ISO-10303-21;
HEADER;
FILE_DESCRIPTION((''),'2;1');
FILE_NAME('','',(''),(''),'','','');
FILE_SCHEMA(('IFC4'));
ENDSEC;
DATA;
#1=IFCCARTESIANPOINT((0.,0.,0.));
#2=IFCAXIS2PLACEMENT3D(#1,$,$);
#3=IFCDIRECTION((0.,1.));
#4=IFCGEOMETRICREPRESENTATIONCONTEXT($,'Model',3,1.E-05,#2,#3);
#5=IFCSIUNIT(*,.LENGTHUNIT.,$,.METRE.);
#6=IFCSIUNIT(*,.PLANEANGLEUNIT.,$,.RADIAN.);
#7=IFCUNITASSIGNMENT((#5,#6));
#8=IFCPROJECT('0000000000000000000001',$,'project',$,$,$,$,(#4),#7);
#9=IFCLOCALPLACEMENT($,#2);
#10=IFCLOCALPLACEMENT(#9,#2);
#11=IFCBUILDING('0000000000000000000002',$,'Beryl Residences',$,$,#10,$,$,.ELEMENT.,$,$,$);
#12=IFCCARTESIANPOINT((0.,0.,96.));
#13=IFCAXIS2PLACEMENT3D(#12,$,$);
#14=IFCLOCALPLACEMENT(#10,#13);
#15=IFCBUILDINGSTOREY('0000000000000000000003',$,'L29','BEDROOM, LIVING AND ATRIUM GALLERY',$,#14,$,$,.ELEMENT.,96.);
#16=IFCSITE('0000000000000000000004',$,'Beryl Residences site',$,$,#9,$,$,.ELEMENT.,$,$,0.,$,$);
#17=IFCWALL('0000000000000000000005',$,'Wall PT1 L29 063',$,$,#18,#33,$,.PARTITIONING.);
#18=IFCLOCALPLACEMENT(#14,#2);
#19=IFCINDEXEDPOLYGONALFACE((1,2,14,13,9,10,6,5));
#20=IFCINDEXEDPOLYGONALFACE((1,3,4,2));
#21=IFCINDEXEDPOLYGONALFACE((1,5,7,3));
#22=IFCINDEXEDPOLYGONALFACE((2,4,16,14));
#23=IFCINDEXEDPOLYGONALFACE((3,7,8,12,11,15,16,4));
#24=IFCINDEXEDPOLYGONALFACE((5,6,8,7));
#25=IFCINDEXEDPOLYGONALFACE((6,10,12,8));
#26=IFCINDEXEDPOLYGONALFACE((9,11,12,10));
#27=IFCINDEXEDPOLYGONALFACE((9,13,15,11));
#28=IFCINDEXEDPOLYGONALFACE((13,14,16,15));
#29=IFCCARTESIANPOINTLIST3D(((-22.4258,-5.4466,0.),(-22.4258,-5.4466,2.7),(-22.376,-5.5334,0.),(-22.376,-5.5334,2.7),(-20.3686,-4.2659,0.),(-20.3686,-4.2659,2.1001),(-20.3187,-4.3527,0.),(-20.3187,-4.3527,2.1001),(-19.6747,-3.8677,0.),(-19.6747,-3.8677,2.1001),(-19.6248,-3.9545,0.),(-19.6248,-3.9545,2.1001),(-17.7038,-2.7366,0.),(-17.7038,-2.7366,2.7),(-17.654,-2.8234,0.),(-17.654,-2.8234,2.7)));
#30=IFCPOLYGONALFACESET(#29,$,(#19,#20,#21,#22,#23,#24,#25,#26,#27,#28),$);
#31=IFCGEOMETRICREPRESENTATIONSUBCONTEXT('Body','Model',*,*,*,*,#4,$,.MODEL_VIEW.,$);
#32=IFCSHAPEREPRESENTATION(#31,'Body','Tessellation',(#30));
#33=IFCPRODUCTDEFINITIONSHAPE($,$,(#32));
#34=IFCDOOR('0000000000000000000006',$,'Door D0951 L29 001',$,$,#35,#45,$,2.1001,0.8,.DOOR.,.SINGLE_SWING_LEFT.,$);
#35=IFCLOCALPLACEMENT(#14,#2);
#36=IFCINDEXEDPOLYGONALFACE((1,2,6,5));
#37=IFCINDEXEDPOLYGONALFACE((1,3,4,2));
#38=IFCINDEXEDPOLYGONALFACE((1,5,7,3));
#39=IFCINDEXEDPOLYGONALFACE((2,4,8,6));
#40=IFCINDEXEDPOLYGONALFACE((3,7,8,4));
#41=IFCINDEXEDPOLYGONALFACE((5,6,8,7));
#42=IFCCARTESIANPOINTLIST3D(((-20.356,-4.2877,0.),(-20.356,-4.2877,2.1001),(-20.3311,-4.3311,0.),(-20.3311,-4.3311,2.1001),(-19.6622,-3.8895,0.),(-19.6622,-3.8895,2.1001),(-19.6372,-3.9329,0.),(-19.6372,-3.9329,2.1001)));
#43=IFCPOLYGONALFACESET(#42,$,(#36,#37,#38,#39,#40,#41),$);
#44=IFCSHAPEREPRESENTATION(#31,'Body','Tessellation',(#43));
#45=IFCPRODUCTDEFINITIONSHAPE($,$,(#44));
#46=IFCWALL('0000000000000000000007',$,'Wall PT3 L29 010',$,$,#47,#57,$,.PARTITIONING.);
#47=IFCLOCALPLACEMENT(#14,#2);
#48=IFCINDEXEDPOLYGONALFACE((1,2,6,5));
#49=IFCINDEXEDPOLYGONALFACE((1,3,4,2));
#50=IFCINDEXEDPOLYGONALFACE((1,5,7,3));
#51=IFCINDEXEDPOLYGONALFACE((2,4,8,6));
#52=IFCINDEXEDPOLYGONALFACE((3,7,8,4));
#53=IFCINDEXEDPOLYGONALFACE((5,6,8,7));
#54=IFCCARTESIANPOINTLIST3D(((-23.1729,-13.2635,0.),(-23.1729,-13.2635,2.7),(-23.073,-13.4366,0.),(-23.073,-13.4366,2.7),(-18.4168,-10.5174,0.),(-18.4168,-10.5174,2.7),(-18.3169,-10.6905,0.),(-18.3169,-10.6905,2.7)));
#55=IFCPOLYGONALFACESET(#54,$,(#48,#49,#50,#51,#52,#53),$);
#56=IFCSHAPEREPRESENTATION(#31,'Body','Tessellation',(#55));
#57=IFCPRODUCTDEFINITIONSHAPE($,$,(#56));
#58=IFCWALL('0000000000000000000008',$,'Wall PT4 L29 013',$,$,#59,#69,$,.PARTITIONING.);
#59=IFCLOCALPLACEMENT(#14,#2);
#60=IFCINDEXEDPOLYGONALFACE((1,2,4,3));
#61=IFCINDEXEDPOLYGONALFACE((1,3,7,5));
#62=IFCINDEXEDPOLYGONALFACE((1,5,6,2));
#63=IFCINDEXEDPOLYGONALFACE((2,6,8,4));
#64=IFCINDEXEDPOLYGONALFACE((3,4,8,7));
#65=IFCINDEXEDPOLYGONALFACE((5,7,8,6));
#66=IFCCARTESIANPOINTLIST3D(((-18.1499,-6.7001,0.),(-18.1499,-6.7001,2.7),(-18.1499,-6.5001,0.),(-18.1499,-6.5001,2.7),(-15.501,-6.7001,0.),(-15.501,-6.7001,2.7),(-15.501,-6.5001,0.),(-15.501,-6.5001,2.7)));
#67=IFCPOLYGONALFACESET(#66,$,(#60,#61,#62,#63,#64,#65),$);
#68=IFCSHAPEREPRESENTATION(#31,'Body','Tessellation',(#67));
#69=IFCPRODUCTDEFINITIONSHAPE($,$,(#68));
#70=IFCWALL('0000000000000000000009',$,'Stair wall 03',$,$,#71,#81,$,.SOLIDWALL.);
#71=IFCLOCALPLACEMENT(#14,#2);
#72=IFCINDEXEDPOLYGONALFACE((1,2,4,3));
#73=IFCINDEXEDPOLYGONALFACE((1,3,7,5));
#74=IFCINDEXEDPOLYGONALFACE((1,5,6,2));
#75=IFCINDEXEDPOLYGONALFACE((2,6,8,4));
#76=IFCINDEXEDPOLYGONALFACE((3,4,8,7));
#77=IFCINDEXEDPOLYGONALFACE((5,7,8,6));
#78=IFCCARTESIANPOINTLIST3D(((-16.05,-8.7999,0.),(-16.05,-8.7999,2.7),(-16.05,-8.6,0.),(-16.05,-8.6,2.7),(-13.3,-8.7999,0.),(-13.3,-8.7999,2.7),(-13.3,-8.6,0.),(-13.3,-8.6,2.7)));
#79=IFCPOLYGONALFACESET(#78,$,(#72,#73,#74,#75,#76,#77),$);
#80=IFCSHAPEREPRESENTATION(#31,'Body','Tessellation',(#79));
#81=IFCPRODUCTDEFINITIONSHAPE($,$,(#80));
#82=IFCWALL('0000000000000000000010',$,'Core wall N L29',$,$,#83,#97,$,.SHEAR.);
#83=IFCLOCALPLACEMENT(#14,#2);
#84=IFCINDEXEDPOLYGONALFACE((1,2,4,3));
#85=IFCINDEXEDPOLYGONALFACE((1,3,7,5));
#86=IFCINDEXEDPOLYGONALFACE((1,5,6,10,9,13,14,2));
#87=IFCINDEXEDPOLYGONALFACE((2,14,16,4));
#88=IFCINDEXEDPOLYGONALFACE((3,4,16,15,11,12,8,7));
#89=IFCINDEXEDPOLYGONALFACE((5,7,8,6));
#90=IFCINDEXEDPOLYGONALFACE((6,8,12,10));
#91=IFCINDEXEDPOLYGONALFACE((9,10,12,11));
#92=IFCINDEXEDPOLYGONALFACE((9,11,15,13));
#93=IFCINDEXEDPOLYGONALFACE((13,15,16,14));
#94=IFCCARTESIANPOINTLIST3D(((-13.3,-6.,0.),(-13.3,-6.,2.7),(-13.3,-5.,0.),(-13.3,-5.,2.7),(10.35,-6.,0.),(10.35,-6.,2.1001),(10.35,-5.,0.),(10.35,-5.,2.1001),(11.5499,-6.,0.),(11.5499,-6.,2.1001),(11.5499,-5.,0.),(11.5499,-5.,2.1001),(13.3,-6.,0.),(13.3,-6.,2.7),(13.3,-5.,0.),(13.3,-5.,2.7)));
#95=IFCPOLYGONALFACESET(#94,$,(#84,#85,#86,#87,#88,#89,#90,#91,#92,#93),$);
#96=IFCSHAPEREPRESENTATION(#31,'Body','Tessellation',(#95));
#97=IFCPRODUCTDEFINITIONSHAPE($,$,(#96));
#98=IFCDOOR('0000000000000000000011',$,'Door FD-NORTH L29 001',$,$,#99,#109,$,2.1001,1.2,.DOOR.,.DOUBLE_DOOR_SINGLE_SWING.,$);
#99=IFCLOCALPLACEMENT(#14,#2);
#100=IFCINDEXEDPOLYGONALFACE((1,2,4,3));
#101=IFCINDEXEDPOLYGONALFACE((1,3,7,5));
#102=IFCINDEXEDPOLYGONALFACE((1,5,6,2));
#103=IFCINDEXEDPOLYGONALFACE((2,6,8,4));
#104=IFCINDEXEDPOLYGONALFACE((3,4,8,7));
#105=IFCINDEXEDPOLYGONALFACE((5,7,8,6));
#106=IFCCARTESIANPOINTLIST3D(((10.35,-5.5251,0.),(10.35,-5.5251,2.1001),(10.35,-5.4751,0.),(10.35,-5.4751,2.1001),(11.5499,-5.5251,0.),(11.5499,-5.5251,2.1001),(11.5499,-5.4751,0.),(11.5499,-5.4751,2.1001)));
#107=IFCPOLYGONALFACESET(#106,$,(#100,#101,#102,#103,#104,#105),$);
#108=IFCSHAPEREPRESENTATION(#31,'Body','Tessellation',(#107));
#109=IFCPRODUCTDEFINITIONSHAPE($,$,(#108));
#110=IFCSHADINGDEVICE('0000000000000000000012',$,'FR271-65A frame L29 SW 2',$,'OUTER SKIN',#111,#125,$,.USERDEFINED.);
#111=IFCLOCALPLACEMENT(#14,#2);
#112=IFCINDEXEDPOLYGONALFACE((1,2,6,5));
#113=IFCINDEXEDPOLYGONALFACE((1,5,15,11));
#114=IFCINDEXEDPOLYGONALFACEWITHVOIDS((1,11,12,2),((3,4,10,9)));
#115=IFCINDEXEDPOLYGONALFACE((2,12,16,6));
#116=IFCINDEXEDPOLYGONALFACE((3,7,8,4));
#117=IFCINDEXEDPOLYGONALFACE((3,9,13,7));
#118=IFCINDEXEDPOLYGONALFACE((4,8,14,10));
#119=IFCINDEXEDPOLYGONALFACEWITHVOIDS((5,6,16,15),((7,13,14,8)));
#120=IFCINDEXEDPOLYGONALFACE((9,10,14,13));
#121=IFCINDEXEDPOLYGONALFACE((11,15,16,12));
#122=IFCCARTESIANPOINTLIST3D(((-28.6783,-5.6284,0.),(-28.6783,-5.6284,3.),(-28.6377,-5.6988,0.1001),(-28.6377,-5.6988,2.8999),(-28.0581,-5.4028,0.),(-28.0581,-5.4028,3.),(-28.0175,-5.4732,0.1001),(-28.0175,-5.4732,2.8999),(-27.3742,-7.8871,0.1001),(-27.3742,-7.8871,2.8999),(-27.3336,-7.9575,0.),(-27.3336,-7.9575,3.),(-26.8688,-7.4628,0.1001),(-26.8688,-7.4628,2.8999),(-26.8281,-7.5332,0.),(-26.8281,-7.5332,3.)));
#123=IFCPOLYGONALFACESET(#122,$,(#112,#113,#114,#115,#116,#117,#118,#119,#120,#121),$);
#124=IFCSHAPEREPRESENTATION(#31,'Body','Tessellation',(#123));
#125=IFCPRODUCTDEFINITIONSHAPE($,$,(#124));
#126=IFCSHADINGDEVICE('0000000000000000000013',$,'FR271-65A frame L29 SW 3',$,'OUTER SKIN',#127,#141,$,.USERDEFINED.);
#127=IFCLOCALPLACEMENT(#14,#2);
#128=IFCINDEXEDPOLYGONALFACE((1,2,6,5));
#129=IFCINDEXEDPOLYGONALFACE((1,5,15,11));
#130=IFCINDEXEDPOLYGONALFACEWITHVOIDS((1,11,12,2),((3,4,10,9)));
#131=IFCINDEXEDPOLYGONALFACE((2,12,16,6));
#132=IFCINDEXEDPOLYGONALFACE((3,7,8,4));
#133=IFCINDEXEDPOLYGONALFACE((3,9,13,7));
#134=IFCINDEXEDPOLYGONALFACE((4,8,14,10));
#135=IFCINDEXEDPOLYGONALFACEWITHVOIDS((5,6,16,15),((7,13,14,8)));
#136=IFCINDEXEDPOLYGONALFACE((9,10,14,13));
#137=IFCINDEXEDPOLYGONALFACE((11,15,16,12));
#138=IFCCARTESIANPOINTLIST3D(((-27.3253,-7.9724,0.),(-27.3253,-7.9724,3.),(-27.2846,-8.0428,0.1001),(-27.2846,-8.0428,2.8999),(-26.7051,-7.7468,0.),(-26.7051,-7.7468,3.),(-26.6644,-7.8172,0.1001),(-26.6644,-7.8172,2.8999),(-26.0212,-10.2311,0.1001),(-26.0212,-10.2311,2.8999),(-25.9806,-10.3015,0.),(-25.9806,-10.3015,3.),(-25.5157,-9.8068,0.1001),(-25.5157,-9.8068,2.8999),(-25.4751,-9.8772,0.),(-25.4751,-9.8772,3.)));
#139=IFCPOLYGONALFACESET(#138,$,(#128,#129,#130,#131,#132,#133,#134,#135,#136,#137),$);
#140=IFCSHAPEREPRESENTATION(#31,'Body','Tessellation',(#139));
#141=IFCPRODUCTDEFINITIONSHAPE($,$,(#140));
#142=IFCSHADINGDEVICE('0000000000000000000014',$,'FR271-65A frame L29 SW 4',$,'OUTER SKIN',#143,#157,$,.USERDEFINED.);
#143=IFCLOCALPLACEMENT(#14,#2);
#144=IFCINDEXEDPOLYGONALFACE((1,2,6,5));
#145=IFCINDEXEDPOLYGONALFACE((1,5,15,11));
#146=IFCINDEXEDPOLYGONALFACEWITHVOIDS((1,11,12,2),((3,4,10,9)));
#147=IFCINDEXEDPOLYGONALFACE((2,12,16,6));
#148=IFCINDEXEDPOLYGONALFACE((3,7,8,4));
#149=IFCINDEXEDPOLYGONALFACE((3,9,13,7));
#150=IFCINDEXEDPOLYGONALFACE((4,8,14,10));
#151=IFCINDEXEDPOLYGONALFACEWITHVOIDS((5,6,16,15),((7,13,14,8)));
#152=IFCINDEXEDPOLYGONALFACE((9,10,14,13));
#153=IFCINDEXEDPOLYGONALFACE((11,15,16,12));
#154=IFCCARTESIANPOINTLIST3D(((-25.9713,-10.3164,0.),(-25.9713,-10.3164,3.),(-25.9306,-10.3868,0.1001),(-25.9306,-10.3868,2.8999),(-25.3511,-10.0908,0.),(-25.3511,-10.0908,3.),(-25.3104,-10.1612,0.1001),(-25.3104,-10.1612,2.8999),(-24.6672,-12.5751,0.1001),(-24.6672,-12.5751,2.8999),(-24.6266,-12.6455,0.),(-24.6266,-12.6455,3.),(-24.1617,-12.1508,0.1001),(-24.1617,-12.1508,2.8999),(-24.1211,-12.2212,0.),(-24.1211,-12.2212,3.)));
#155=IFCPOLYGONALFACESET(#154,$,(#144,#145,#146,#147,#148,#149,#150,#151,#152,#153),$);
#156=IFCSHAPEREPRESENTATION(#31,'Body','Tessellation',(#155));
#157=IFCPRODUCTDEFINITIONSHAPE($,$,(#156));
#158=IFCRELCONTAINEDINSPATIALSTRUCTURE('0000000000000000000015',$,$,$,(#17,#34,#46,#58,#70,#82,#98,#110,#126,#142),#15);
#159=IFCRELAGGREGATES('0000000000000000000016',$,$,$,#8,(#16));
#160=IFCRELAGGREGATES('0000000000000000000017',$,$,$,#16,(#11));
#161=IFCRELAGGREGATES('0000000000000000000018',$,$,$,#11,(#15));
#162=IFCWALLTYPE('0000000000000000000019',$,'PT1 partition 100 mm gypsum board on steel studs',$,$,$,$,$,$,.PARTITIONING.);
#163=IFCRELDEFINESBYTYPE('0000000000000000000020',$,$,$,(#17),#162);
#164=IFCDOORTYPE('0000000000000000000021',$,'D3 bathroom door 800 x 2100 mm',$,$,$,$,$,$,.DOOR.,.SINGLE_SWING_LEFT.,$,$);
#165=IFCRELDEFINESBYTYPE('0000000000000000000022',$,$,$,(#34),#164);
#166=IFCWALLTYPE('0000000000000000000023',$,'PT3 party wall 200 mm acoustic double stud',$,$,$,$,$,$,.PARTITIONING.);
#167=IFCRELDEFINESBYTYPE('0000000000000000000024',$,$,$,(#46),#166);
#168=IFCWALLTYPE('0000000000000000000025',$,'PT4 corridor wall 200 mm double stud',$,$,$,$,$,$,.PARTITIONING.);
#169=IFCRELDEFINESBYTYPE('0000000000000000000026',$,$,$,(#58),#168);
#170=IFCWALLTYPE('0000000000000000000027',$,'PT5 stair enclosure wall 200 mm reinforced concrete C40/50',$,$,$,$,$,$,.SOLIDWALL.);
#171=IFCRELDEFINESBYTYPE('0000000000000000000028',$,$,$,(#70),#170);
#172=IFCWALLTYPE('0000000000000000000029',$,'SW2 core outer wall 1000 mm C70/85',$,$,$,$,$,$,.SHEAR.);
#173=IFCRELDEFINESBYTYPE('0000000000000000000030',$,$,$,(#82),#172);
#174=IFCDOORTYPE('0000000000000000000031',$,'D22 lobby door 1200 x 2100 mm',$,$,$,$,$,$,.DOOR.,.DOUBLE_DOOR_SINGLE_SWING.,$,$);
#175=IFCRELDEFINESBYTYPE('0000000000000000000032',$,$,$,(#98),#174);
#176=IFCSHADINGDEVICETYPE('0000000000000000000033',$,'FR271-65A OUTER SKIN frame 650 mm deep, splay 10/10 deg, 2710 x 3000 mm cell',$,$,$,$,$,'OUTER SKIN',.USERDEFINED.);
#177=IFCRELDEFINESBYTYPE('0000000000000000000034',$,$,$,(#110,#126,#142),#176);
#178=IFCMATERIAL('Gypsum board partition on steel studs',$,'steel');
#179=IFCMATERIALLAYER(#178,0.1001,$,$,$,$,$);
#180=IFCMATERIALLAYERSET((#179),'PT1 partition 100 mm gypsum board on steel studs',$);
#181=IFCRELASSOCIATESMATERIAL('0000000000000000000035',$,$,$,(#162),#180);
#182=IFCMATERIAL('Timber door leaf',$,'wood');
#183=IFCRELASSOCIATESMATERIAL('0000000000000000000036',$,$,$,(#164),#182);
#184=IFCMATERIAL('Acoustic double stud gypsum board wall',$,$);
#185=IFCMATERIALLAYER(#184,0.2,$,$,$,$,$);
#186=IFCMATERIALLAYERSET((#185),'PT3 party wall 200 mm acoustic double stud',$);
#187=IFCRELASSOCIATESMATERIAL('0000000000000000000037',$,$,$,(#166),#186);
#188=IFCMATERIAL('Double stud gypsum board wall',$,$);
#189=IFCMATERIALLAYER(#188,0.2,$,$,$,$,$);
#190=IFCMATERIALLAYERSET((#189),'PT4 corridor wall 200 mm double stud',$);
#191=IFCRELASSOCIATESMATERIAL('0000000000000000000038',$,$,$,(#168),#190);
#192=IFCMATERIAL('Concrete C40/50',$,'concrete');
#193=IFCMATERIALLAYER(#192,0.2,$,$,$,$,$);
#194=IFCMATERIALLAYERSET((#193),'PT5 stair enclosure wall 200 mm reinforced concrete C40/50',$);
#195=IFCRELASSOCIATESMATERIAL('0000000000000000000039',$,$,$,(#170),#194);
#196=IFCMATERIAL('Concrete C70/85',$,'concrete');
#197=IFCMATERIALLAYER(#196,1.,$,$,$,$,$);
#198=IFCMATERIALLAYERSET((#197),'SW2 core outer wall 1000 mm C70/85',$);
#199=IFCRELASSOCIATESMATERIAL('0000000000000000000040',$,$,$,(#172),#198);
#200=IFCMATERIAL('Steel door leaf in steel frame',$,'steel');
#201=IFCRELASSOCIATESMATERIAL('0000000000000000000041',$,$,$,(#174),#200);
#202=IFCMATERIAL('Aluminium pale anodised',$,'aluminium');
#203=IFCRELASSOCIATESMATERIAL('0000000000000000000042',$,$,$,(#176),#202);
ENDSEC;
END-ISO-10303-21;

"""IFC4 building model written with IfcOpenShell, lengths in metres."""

from ifc_helpers import new_model, entity, si_unit, direction, frame, frame_2d, origin, place, context, subcontext, project, spatial, rectangle, extrude, source, transform, mapped, material, layer, layer_set, type_object, type_shapes, element, fill, save


model = new_model("IFC4")

# Units and contexts
model_context = context("Model", 3, precision=1e-05, world=origin(), true_north=direction((0.0, 1.0)))
body_context = subcontext(model_context, "Body", "Model", "MODEL_VIEW")
ifc_project = project(units=[si_unit("LENGTHUNIT", "METRE"), si_unit("PLANEANGLEUNIT", "RADIAN")], contexts=[model_context])

# Site, building, storey
site_placement = place(None, origin())
site = spatial("IfcSite", under=ifc_project, at=site_placement, Name="Beryl Residences site", CompositionType="ELEMENT", RefElevation=0.0)
building_placement = place(site_placement, origin())
building = spatial("IfcBuilding", under=site, at=building_placement, Name="Beryl Residences", CompositionType="ELEMENT")
storey_placement = place(building_placement, frame((0.0, 0.0, 96.0)))
storey = spatial("IfcBuildingStorey", under=building, at=storey_placement, Name="L29", Description="BEDROOM, LIVING AND ATRIUM GALLERY", CompositionType="ELEMENT", Elevation=96.0)

# Shared definitions
ifc_material_1 = material(Name="Gypsum board partition on steel studs", Category="steel")
ifc_layer_1 = layer(ifc_material_1, 0.1001)
ifc_layer_set_1 = layer_set([ifc_layer_1], Name="PT1 partition 100 mm gypsum board on steel studs")
wall_type_1 = type_object("IfcWallType", Name="PT1 partition 100 mm gypsum board on steel studs", PredefinedType="PARTITIONING", material=ifc_layer_set_1)

# Shared definitions
ifc_material_2 = material(Name="Timber door leaf", Category="wood")
door_type_1 = type_object("IfcDoorType", Name="D3 bathroom door 800 x 2100 mm", OperationType="SINGLE_SWING_LEFT", PredefinedType="DOOR", material=ifc_material_2)

# Wall, opening, door
wall_1_placement = place(storey_placement, frame((-22.4009, -5.49, 0.0), z_axis=(0.0, 0.0, 1.0), x_axis=(0.867314, 0.497761, 0.0)))
wall_1 = element("IfcWall", 1, at=wall_1_placement, inside=storey, type_object=wall_type_1, Name="Wall PT1 L29 063", PredefinedType="PARTITIONING", context=body_context, shape_type="SweptSolid", body=[
    extrude(rectangle(XDim=5.4443, YDim=0.1001, at=frame_2d((2.7222, 0.0))), origin(), (0.0, 0.0, 1.0), 2.7),
])
opening_1_placement = place(wall_1_placement, frame((2.3721, 0.0, 0.0)))
opening_1 = element("IfcOpeningElement", 2, at=opening_1_placement, cuts=wall_1, PredefinedType="OPENING", context=body_context, shape_type="SweptSolid", body=[
    extrude(rectangle(XDim=0.8, YDim=2.1001, at=frame_2d((0.3999, 1.05))), frame((0.0, 0.0601, 0.0), z_axis=(0.0, -1.0, 0.0), x_axis=(1.0, 0.0, 0.0)), (0.0, 0.0, 1.0), 0.1201),
])
door_1_placement = place(opening_1_placement, origin())
door_1 = element("IfcDoor", 3, at=door_1_placement, inside=storey, type_object=door_type_1, Name="Door D0951 L29 001", OperationType="SINGLE_SWING_LEFT", OverallHeight=2.1001, OverallWidth=0.8, PredefinedType="DOOR", context=body_context, shape_type="SweptSolid", body=[
    extrude(rectangle(XDim=0.8, YDim=2.1001, at=frame_2d((0.3999, 1.05))), frame((0.0, 0.0249, 0.0), z_axis=(0.0, -1.0, 0.0), x_axis=(1.0, 0.0, 0.0)), (0.0, 0.0, 1.0), 0.05),
])
fill(opening_1, door_1)

# Walls
ifc_material_3 = material(Name="Acoustic double stud gypsum board wall")
ifc_layer_2 = layer(ifc_material_3, 0.2)
ifc_layer_set_2 = layer_set([ifc_layer_2], Name="PT3 party wall 200 mm acoustic double stud")
wall_type_2 = type_object("IfcWallType", Name="PT3 party wall 200 mm acoustic double stud", PredefinedType="PARTITIONING", material=ifc_layer_set_2)
wall_2_placement = place(storey_placement, frame((-23.123, -13.3501, 0.0), z_axis=(0.0, 0.0, 1.0), x_axis=(0.866013, 0.500021, 0.0)))
element("IfcWall", 4, at=wall_2_placement, inside=storey, type_object=wall_type_2, Name="Wall PT3 L29 010", PredefinedType="PARTITIONING", context=body_context, shape_type="SweptSolid", body=[
    extrude(rectangle(XDim=5.4919, YDim=0.2, at=frame_2d((2.7461, 0.0))), origin(), (0.0, 0.0, 1.0), 2.7),
])
ifc_material_4 = material(Name="Double stud gypsum board wall")
ifc_layer_3 = layer(ifc_material_4, 0.2)
ifc_layer_set_3 = layer_set([ifc_layer_3], Name="PT4 corridor wall 200 mm double stud")
wall_type_3 = type_object("IfcWallType", Name="PT4 corridor wall 200 mm double stud", PredefinedType="PARTITIONING", material=ifc_layer_set_3)
wall_3_placement = place(storey_placement, frame((-18.1499, -6.6001, 0.0), z_axis=(0.0, 0.0, 1.0), x_axis=(1.0, 0.0, 0.0)))
element("IfcWall", 5, at=wall_3_placement, inside=storey, type_object=wall_type_3, Name="Wall PT4 L29 013", PredefinedType="PARTITIONING", context=body_context, shape_type="SweptSolid", body=[
    extrude(rectangle(XDim=2.6489, YDim=0.2, at=frame_2d((1.3245, 0.0))), origin(), (0.0, 0.0, 1.0), 2.7),
])
ifc_material_5 = material(Name="Concrete C40/50", Category="concrete")
ifc_layer_4 = layer(ifc_material_5, 0.2)
ifc_layer_set_4 = layer_set([ifc_layer_4], Name="PT5 stair enclosure wall 200 mm reinforced concrete C40/50")
wall_type_4 = type_object("IfcWallType", Name="PT5 stair enclosure wall 200 mm reinforced concrete C40/50", PredefinedType="SOLIDWALL", material=ifc_layer_set_4)
wall_4_placement = place(storey_placement, frame((-16.05, -8.7, 0.0), z_axis=(0.0, 0.0, 1.0), x_axis=(1.0, 0.0, 0.0)))
element("IfcWall", 6, at=wall_4_placement, inside=storey, type_object=wall_type_4, Name="Stair wall 03", PredefinedType="SOLIDWALL", context=body_context, shape_type="SweptSolid", body=[
    extrude(rectangle(XDim=2.75, YDim=0.2, at=frame_2d((1.375, 0.0))), origin(), (0.0, 0.0, 1.0), 2.7),
])

# Wall, opening, door
ifc_material_6 = material(Name="Concrete C70/85", Category="concrete")
ifc_layer_5 = layer(ifc_material_6, 1.0)
ifc_layer_set_5 = layer_set([ifc_layer_5], Name="SW2 core outer wall 1000 mm C70/85")
wall_type_5 = type_object("IfcWallType", Name="SW2 core outer wall 1000 mm C70/85", PredefinedType="SHEAR", material=ifc_layer_set_5)
wall_5_placement = place(storey_placement, frame((-13.3, -5.5, 0.0), z_axis=(0.0, 0.0, 1.0), x_axis=(1.0, 0.0, 0.0)))
wall_5 = element("IfcWall", 7, at=wall_5_placement, inside=storey, type_object=wall_type_5, Name="Core wall N L29", PredefinedType="SHEAR", context=body_context, shape_type="SweptSolid", body=[
    extrude(rectangle(XDim=26.6001, YDim=1.0, at=frame_2d((13.3, 0.0))), origin(), (0.0, 0.0, 1.0), 2.7),
])
opening_2_placement = place(wall_5_placement, frame((23.6499, 0.0, 0.0)))
opening_2 = element("IfcOpeningElement", 8, at=opening_2_placement, cuts=wall_5, PredefinedType="OPENING", context=body_context, shape_type="SweptSolid", body=[
    extrude(rectangle(XDim=1.2, YDim=2.1001, at=frame_2d((0.6001, 1.05))), frame((0.0, 0.51, 0.0), z_axis=(0.0, -1.0, 0.0), x_axis=(1.0, 0.0, 0.0)), (0.0, 0.0, 1.0), 1.02),
])
ifc_material_7 = material(Name="Steel door leaf in steel frame", Category="steel")
door_type_2 = type_object("IfcDoorType", Name="D22 lobby door 1200 x 2100 mm", OperationType="DOUBLE_DOOR_SINGLE_SWING", PredefinedType="DOOR", material=ifc_material_7)
door_2_placement = place(opening_2_placement, origin())
door_2 = element("IfcDoor", 9, at=door_2_placement, inside=storey, type_object=door_type_2, Name="Door FD-NORTH L29 001", OperationType="DOUBLE_DOOR_SINGLE_SWING", OverallHeight=2.1001, OverallWidth=1.2, PredefinedType="DOOR", context=body_context, shape_type="SweptSolid", body=[
    extrude(rectangle(XDim=1.2, YDim=2.1001, at=frame_2d((0.6001, 1.05))), frame((0.0, 0.0249, 0.0), z_axis=(0.0, -1.0, 0.0), x_axis=(1.0, 0.0, 0.0)), (0.0, 0.0, 1.0), 0.05),
])
fill(opening_2, door_2)

# Shading devices
ifc_material_8 = material(Name="Aluminium pale anodised", Category="aluminium")
shading_device_type = type_object("IfcShadingDeviceType", Name="FR271-65A OUTER SKIN frame 650 mm deep, splay 10/10 deg, 2710 x 3000 mm cell", ElementType="OUTER SKIN", PredefinedType="USERDEFINED", material=ifc_material_8)
cartesian_point_1 = entity("IfcCartesianPoint", [-1.23, 0.0])
cartesian_point_2 = entity("IfcCartesianPoint", [-1.1487, 0.1001])
cartesian_point_3 = entity("IfcCartesianPoint", [-1.3447, 0.0])
cartesian_point_4 = entity("IfcCartesianPoint", [-1.2634, 0.1001])
shared_shape = source(origin(), body_context, "Body", "SweptSolid", [
    entity("IfcExtrudedAreaSolidTapered", entity("IfcArbitraryProfileDefWithVoids", "AREA", None, entity("IfcPolyline", [cartesian_point_1, entity("IfcCartesianPoint", [1.23, 0.0]), entity("IfcCartesianPoint", [1.23, 3.0]), entity("IfcCartesianPoint", [-1.23, 3.0]), cartesian_point_1]), [entity("IfcPolyline", [cartesian_point_2, entity("IfcCartesianPoint", [1.1487, 0.1001]), entity("IfcCartesianPoint", [1.1487, 2.8999]), entity("IfcCartesianPoint", [-1.1487, 2.8999]), cartesian_point_2])]), entity("IfcAxis2Placement3D", entity("IfcCartesianPoint", [0.0, 0.0, 0.0]), entity("IfcDirection", [0.0, 1.0, 0.0]), entity("IfcDirection", [-1.0, 0.0, 0.0])), entity("IfcDirection", [0.0, 0.0, 1.0]), 0.6499, entity("IfcArbitraryProfileDefWithVoids", "AREA", None, entity("IfcPolyline", [cartesian_point_3, entity("IfcCartesianPoint", [1.3447, 0.0]), entity("IfcCartesianPoint", [1.3447, 3.0]), entity("IfcCartesianPoint", [-1.3447, 3.0]), cartesian_point_3]), [entity("IfcPolyline", [cartesian_point_4, entity("IfcCartesianPoint", [1.2634, 0.1001]), entity("IfcCartesianPoint", [1.2634, 2.8999]), entity("IfcCartesianPoint", [-1.2634, 2.8999]), cartesian_point_4])])),
])
type_shapes(shading_device_type, [shared_shape])
for number, where, z_axis, x_axis, name in (
    (10, (-27.4431, -6.468, 0.0), (0.0, 0.0, 1.0), (-0.5, 0.866025, 0.0), "FR271-65A frame L29 SW 2"),
    (11, (-26.0901, -8.812, 0.0), (0.0, 0.0, 1.0), (-0.5, 0.866025, 0.0), "FR271-65A frame L29 SW 3"),
    (12, (-24.7361, -11.156, 0.0), (0.0, 0.0, 1.0), (-0.5, 0.866025, 0.0), "FR271-65A frame L29 SW 4"),
):
    element("IfcShadingDevice", number, at=place(storey_placement, frame(where, z_axis=z_axis, x_axis=x_axis)), inside=storey, type_object=shading_device_type, Name=name, ObjectType="OUTER SKIN", PredefinedType="USERDEFINED", context=body_context, shape_type="MappedRepresentation", body=[
        mapped(shared_shape, transform((0.0, 0.0, 0.0))),
    ])

save(model, "model.ifc")
